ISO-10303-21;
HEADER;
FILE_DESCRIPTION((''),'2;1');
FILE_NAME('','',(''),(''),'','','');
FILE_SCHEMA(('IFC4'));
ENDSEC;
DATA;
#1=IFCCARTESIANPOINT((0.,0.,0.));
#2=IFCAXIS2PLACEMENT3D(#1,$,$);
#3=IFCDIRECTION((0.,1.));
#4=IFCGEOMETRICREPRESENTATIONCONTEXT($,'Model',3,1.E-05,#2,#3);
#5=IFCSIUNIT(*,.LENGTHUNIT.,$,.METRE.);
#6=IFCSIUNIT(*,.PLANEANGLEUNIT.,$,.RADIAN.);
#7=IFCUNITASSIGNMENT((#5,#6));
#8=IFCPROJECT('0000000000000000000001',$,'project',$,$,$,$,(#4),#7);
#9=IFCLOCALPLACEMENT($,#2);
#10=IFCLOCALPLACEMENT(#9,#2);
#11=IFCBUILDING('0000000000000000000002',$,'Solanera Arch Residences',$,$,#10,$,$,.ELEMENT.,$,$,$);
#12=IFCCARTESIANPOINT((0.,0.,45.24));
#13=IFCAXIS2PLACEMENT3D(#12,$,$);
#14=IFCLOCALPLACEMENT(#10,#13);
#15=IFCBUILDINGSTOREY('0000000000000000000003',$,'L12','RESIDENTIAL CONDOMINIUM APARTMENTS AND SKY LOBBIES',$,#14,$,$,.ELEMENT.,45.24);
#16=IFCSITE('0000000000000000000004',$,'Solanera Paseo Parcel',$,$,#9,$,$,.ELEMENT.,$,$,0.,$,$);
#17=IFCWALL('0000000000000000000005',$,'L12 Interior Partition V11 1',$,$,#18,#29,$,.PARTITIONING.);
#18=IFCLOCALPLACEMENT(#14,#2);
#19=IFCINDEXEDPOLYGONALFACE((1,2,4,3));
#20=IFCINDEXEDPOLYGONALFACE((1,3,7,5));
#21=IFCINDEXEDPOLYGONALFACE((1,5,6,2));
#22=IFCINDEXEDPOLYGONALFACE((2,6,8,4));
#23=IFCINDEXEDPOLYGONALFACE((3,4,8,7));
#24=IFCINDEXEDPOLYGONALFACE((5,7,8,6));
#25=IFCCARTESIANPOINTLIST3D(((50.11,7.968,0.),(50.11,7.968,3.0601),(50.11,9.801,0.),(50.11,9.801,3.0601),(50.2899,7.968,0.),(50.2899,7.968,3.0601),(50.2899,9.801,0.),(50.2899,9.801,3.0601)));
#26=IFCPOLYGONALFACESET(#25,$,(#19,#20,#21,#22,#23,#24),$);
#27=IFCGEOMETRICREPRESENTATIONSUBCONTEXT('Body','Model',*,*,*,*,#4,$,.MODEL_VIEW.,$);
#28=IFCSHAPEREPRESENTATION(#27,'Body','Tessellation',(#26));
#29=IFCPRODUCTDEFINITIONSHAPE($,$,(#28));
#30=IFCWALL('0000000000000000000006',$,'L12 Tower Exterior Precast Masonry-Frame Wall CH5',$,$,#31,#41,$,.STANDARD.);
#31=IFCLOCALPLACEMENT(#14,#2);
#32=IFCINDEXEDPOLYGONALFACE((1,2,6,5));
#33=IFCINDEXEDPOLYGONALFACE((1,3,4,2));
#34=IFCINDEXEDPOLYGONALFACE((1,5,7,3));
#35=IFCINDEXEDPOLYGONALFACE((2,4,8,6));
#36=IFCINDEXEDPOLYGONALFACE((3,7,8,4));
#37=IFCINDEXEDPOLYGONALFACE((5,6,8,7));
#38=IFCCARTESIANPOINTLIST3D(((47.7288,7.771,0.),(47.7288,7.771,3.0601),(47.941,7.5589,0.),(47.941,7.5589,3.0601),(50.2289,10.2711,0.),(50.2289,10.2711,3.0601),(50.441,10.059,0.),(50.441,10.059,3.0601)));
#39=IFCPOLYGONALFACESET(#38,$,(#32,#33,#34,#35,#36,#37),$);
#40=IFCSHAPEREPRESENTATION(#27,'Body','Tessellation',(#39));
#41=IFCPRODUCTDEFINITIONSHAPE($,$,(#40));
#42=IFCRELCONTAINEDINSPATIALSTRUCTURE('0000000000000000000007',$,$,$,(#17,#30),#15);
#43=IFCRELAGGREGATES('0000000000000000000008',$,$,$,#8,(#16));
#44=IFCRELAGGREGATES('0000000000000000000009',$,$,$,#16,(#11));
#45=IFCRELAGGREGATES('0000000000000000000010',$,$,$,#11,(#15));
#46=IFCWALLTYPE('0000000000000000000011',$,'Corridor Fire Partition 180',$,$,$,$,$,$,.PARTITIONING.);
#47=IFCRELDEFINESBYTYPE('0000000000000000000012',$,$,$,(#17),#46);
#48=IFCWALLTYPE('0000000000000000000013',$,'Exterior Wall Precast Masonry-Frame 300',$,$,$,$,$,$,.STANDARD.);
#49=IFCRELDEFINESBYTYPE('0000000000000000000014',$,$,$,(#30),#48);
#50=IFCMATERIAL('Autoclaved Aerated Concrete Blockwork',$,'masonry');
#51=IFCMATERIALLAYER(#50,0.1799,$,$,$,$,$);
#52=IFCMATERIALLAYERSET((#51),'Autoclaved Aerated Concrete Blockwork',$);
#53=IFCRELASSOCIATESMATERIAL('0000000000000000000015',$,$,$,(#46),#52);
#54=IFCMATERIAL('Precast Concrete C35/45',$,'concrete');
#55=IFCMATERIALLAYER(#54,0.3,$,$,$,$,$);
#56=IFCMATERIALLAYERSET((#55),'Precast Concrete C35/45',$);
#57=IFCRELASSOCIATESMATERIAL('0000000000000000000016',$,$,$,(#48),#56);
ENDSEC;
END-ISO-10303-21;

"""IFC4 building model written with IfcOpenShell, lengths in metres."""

from ifc_helpers import new_model, si_unit, direction, frame, frame_2d, origin, place, context, subcontext, project, spatial, rectangle, extrude, material, layer, layer_set, type_object, element, save


model = new_model("IFC4")

# Units and contexts
model_context = context("Model", 3, precision=1e-05, world=origin(), true_north=direction((0.0, 1.0)))
body_context = subcontext(model_context, "Body", "Model", "MODEL_VIEW")
ifc_project = project(units=[si_unit("LENGTHUNIT", "METRE"), si_unit("PLANEANGLEUNIT", "RADIAN")], contexts=[model_context])

# Site, building, storey
site_placement = place(None, origin())
site = spatial("IfcSite", under=ifc_project, at=site_placement, Name="Solanera Paseo Parcel", CompositionType="ELEMENT", RefElevation=0.0)
building_placement = place(site_placement, origin())
building = spatial("IfcBuilding", under=site, at=building_placement, Name="Solanera Arch Residences", CompositionType="ELEMENT")
storey_placement = place(building_placement, frame((0.0, 0.0, 45.24)))
storey = spatial("IfcBuildingStorey", under=building, at=storey_placement, Name="L12", Description="RESIDENTIAL CONDOMINIUM APARTMENTS AND SKY LOBBIES", CompositionType="ELEMENT", Elevation=45.24)

# Walls
ifc_material_1 = material(Name="Autoclaved Aerated Concrete Blockwork", Category="masonry")
ifc_layer_1 = layer(ifc_material_1, 0.1799)
ifc_layer_set_1 = layer_set([ifc_layer_1], Name="Autoclaved Aerated Concrete Blockwork")
wall_type_1 = type_object("IfcWallType", Name="Corridor Fire Partition 180", PredefinedType="PARTITIONING", material=ifc_layer_set_1)
wall_1_placement = place(storey_placement, frame((50.2, 7.968, 0.0), z_axis=(0.0, 0.0, 1.0), x_axis=(0.0, 1.0, 0.0)))
element("IfcWall", 1, at=wall_1_placement, inside=storey, type_object=wall_type_1, Name="L12 Interior Partition V11 1", PredefinedType="PARTITIONING", context=body_context, shape_type="SweptSolid", body=[
    extrude(rectangle(XDim=1.833, YDim=0.1799, at=frame_2d((0.9165, 0.0))), origin(), (0.0, 0.0, 1.0), 3.0601),
])
ifc_material_2 = material(Name="Precast Concrete C35/45", Category="concrete")
ifc_layer_2 = layer(ifc_material_2, 0.3)
ifc_layer_set_2 = layer_set([ifc_layer_2], Name="Precast Concrete C35/45")
wall_type_2 = type_object("IfcWallType", Name="Exterior Wall Precast Masonry-Frame 300", PredefinedType="STANDARD", material=ifc_layer_set_2)
wall_2_placement = place(storey_placement, frame((50.335, 10.165, 0.0), z_axis=(0.0, 0.0, 1.0), x_axis=(-0.707107, -0.707107, 0.0)))
element("IfcWall", 2, at=wall_2_placement, inside=storey, type_object=wall_type_2, Name="L12 Tower Exterior Precast Masonry-Frame Wall CH5", PredefinedType="STANDARD", context=body_context, shape_type="SweptSolid", body=[
    extrude(rectangle(XDim=3.5356, YDim=0.3, at=frame_2d((1.7678, 0.0))), origin(), (0.0, 0.0, 1.0), 3.0601),
])

save(model, "model.ifc")
